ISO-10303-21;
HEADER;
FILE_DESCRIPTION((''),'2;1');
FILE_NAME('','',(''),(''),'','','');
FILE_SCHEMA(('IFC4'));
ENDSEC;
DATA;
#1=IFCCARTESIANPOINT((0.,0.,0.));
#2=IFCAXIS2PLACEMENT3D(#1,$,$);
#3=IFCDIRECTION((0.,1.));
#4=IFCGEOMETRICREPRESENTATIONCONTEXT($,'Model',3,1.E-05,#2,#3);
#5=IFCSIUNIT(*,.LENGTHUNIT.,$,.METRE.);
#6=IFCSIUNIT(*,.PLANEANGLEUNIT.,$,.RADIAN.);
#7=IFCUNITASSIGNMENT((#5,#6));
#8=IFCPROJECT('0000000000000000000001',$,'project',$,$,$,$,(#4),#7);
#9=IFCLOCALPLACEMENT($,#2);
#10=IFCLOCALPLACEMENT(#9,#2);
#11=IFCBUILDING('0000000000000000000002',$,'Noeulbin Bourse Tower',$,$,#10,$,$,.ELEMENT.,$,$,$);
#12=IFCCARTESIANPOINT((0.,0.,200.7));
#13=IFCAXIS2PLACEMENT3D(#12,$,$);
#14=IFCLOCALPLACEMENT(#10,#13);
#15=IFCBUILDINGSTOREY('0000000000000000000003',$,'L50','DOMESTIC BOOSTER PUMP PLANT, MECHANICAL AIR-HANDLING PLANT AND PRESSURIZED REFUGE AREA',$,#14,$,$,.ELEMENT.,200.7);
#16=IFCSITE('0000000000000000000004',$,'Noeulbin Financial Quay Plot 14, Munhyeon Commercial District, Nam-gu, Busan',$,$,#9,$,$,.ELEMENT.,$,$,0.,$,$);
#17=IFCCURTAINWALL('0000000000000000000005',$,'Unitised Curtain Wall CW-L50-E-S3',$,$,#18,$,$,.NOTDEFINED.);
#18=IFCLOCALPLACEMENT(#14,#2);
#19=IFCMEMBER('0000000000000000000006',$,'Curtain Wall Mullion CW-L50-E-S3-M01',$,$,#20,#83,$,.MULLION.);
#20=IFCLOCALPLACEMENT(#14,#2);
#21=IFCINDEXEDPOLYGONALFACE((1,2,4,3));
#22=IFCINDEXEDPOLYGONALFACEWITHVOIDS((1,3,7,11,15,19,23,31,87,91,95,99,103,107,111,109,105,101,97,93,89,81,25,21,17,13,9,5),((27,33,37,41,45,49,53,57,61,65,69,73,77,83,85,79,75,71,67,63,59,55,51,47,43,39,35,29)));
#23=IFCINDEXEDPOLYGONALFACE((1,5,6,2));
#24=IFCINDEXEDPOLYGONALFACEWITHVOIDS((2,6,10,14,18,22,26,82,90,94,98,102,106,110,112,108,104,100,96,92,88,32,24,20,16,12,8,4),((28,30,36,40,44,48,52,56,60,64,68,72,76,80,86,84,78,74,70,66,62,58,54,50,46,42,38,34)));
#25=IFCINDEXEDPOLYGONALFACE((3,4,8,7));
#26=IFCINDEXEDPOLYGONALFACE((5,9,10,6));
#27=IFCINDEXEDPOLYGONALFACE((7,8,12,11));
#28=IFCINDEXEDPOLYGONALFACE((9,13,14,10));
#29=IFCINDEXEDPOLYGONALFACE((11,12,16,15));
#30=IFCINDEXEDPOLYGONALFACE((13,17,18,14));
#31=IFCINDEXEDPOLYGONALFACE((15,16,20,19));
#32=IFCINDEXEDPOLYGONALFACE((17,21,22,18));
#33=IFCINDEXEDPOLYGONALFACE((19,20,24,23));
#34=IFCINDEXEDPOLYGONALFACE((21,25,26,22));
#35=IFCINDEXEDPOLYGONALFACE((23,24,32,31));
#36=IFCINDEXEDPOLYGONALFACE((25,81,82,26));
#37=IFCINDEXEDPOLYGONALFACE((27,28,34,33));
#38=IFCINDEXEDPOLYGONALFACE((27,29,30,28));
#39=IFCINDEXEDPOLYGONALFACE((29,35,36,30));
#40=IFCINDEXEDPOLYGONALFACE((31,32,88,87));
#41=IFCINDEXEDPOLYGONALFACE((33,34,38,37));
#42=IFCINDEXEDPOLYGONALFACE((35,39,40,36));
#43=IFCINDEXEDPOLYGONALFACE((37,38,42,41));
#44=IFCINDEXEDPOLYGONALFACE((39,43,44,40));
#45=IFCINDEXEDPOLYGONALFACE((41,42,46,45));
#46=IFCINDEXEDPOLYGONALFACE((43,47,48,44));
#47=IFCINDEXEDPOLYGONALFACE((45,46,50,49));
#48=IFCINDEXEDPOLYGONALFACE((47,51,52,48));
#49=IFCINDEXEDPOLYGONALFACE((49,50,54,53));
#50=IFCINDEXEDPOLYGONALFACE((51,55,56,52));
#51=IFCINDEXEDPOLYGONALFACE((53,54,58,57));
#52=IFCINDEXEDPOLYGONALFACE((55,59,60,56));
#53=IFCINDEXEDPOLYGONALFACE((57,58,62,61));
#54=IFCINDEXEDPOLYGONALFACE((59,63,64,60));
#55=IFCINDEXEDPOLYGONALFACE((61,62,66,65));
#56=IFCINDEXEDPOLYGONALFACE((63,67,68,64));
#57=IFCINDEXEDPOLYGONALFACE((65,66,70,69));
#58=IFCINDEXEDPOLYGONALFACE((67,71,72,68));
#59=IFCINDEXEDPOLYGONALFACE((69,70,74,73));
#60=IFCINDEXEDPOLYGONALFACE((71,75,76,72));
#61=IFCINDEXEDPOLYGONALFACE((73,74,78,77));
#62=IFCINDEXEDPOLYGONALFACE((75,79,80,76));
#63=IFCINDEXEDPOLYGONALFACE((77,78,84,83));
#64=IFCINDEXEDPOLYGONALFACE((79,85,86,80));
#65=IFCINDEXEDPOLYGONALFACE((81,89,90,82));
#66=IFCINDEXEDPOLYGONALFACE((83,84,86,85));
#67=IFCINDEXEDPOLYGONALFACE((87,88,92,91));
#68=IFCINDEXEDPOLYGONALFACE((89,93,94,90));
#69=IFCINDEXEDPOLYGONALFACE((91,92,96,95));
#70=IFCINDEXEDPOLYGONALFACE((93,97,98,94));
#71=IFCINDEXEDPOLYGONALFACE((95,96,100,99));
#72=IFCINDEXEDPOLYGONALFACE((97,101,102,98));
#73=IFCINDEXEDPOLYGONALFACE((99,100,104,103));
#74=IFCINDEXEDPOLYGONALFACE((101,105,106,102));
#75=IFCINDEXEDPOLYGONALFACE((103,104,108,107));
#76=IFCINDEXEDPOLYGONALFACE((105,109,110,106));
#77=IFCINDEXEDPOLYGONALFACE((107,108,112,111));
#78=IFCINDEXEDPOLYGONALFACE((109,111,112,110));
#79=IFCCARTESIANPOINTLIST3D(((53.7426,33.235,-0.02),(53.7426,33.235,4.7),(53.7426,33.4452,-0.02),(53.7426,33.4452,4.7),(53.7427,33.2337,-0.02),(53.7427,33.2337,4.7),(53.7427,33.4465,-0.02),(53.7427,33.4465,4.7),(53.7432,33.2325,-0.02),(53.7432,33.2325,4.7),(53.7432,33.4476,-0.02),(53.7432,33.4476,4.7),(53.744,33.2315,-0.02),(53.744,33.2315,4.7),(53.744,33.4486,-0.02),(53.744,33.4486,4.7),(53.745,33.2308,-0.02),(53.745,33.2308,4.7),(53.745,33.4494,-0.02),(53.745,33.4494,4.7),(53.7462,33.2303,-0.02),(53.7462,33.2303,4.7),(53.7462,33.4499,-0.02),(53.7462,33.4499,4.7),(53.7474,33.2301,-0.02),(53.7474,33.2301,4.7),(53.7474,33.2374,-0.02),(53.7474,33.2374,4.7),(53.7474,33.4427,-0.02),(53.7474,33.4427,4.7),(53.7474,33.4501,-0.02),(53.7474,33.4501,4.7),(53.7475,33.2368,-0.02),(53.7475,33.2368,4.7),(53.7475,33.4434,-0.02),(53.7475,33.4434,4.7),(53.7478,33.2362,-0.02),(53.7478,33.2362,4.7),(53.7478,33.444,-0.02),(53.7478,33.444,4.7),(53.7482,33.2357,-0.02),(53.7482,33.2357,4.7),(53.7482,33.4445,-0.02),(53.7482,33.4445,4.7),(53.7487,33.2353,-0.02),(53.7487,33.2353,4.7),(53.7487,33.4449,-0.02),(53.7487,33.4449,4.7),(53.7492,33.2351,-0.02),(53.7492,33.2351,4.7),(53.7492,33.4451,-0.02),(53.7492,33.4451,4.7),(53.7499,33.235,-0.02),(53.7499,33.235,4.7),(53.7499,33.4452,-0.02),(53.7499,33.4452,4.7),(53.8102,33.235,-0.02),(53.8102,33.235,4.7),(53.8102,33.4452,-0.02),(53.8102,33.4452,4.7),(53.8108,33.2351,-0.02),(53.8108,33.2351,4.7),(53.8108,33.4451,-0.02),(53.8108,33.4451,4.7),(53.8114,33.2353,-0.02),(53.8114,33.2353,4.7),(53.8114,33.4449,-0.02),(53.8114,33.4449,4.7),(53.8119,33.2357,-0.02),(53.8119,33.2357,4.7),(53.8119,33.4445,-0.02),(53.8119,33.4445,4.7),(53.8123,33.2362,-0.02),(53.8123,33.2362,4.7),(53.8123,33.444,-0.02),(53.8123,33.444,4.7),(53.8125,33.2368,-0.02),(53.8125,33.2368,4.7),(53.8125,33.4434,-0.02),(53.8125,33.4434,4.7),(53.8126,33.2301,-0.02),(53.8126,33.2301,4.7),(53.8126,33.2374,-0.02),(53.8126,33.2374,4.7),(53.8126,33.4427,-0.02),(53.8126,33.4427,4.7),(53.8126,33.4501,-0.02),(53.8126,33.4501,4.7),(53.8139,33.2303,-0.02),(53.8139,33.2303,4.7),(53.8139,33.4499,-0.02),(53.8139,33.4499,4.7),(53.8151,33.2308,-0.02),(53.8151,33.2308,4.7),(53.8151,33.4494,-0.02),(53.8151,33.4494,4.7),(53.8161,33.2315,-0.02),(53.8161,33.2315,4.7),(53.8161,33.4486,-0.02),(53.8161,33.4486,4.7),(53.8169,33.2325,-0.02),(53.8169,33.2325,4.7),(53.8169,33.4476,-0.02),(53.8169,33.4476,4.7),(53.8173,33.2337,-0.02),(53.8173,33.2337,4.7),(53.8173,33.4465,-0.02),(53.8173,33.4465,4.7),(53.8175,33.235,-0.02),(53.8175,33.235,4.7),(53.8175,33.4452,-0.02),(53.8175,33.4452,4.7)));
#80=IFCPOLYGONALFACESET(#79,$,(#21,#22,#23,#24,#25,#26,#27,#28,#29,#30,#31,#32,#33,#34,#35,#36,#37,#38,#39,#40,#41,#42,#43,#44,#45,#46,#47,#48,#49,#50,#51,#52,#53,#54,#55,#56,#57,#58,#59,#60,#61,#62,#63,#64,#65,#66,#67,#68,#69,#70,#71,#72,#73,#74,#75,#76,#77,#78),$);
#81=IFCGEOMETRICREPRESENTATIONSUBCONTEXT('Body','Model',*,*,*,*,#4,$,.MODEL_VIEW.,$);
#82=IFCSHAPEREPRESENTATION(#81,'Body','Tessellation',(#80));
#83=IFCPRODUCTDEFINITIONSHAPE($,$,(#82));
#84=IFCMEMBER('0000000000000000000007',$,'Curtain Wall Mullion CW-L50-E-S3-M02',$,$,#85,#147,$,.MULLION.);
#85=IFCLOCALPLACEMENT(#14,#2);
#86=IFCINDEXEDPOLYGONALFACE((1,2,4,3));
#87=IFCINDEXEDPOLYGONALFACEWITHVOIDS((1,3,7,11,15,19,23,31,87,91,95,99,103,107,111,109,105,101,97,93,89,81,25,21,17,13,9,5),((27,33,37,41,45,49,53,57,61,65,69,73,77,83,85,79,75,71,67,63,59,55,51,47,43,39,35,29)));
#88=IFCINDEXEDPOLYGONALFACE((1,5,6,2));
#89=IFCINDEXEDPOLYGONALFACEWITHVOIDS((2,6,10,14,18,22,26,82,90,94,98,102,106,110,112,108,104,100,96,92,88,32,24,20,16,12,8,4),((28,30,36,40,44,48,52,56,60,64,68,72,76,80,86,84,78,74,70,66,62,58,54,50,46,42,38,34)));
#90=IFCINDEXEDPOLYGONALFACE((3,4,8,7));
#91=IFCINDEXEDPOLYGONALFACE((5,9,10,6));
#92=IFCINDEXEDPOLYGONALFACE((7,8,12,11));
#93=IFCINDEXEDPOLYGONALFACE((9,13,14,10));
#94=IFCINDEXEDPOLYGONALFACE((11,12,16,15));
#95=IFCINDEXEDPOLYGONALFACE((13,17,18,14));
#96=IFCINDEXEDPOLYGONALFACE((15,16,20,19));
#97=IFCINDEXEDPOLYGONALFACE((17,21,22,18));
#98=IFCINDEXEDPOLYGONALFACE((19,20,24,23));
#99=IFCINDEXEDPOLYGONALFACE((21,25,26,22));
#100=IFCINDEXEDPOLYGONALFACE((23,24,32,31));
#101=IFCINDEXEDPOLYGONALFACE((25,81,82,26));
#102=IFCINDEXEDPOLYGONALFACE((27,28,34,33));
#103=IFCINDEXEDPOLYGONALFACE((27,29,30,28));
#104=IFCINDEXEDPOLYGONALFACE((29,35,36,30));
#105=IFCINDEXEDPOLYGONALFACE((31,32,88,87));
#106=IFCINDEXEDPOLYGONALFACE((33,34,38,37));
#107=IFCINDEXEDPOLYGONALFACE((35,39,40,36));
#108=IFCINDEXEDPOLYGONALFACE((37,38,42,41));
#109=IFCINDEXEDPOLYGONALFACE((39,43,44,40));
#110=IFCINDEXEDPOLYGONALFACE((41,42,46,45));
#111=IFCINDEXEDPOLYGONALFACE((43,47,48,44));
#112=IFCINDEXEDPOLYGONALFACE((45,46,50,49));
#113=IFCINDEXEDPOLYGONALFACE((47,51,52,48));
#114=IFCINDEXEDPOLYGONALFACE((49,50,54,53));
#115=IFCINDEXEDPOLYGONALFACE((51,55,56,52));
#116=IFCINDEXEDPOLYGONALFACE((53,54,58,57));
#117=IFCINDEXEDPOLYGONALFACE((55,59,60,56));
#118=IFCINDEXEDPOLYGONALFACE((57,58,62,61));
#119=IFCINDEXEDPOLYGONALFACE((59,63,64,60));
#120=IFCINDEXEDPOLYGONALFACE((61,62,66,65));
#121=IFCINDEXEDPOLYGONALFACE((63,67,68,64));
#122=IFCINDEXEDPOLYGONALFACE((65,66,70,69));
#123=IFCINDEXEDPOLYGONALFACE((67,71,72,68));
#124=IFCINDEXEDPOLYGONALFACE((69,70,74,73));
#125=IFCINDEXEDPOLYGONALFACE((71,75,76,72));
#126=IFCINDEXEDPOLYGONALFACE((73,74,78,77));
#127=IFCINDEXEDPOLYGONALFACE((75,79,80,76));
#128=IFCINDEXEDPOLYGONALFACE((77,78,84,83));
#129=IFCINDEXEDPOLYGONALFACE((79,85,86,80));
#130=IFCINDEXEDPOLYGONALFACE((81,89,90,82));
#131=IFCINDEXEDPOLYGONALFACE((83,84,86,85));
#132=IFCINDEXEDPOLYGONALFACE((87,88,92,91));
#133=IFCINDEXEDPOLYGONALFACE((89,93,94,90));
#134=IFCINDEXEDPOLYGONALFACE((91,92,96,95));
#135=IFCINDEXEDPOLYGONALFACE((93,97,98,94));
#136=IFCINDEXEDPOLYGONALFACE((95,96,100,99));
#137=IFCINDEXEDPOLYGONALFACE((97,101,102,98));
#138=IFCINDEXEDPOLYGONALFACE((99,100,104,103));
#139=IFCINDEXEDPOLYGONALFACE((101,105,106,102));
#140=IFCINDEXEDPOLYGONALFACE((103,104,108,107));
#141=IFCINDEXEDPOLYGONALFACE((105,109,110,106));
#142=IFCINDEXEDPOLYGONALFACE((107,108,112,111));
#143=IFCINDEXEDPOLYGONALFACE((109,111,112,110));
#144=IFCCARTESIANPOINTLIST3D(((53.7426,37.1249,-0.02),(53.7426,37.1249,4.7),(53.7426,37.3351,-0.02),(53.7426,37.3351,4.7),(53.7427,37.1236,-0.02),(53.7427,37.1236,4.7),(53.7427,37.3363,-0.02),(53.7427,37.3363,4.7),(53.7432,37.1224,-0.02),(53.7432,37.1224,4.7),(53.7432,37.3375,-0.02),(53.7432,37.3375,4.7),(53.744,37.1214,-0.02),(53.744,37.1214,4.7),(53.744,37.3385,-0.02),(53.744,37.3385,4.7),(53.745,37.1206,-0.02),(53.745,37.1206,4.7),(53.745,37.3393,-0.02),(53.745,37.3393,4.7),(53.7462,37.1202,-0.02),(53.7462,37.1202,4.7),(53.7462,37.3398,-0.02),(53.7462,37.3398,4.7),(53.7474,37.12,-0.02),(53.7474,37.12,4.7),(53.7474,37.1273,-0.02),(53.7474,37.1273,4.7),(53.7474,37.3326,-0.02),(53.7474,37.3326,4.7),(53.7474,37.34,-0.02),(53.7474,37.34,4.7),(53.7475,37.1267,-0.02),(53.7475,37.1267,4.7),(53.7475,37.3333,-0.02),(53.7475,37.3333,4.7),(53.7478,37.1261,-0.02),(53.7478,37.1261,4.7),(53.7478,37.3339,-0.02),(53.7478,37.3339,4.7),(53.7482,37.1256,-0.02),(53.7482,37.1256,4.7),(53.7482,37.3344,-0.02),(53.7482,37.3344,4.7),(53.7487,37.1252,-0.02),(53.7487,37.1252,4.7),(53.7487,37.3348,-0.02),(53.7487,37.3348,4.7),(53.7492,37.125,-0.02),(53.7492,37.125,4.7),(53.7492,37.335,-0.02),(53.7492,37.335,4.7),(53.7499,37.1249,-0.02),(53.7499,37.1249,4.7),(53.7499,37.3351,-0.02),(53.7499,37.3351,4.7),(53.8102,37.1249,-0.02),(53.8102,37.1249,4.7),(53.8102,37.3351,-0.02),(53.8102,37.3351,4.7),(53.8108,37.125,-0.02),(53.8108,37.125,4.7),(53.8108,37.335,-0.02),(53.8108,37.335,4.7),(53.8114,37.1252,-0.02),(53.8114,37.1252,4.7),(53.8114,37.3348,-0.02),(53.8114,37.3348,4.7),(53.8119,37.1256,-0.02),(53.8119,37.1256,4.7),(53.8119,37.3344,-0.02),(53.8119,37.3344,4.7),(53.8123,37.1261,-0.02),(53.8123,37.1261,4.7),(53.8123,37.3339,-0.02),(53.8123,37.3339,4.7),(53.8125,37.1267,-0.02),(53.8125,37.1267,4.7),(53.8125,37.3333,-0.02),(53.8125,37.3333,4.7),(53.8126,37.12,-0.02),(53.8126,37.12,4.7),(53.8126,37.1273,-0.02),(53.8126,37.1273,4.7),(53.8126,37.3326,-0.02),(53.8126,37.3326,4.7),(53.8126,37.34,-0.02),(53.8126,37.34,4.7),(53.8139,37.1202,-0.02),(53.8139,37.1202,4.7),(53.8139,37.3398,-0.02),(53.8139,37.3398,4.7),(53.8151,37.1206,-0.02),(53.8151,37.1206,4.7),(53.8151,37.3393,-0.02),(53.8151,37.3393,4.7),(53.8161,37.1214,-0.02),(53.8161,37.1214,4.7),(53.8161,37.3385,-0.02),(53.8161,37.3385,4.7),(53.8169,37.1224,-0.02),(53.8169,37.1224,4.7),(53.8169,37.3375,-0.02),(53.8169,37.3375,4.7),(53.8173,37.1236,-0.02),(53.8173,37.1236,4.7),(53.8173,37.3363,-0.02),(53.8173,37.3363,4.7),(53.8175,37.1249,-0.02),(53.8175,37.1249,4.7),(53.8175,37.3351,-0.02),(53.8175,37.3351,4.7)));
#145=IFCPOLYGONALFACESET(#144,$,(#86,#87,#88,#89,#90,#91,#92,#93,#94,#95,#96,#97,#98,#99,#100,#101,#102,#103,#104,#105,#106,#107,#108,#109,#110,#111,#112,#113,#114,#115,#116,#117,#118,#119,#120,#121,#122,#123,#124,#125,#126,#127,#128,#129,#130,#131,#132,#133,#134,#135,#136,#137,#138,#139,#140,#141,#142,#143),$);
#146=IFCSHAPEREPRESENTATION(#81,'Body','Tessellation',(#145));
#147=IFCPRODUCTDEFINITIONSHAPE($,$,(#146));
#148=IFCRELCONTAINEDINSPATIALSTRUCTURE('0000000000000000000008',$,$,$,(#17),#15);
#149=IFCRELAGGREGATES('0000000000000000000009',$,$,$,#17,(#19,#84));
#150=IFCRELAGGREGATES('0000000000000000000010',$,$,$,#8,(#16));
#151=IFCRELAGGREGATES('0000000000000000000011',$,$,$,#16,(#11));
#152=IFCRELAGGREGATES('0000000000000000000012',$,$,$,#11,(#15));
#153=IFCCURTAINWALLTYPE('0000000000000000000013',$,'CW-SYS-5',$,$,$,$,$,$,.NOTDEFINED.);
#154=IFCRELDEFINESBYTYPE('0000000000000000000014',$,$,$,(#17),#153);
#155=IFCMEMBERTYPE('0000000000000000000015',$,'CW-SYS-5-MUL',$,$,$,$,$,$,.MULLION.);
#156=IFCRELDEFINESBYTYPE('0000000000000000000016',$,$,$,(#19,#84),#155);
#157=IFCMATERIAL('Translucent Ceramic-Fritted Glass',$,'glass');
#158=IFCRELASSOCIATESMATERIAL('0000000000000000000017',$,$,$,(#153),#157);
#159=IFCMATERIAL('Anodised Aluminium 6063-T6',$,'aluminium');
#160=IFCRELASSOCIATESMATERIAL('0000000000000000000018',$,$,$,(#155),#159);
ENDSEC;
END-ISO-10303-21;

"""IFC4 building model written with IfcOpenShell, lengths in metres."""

from ifc_helpers import new_model, si_unit, direction, frame, origin, origin_2d, place, context, subcontext, project, spatial, hollow_rectangle, extrude, material, material_profile, profile_set, type_object, element, aggregate, save


model = new_model("IFC4")

# Units and contexts
model_context = context("Model", 3, precision=1e-05, world=origin(), true_north=direction((0.0, 1.0)))
body_context = subcontext(model_context, "Body", "Model", "MODEL_VIEW")
ifc_project = project(units=[si_unit("LENGTHUNIT", "METRE"), si_unit("PLANEANGLEUNIT", "RADIAN")], contexts=[model_context])

# Site, building, storey
site_placement = place(None, origin())
site = spatial("IfcSite", under=ifc_project, at=site_placement, Name="Noeulbin Financial Quay Plot 14, Munhyeon Commercial District, Nam-gu, Busan", CompositionType="ELEMENT", RefElevation=0.0)
building_placement = place(site_placement, origin())
building = spatial("IfcBuilding", under=site, at=building_placement, Name="Noeulbin Bourse Tower", CompositionType="ELEMENT")
storey_placement = place(building_placement, frame((0.0, 0.0, 200.7)))
storey = spatial("IfcBuildingStorey", under=building, at=storey_placement, Name="L50", Description="DOMESTIC BOOSTER PUMP PLANT, MECHANICAL AIR-HANDLING PLANT AND PRESSURIZED REFUGE AREA", CompositionType="ELEMENT", Elevation=200.7)

# Curtain wall, members
ifc_material_1 = material(Name="Translucent Ceramic-Fritted Glass", Category="glass")
curtain_wall_type = type_object("IfcCurtainWallType", Name="CW-SYS-5", PredefinedType="NOTDEFINED", material=ifc_material_1)
ifc_material_2 = material(Name="Anodised Aluminium 6063-T6", Category="aluminium")
ifc_material_profile_1 = material_profile(ifc_material_2, hollow_rectangle(XDim=0.075, YDim=0.22, WallThickness=0.0049, InnerFilletRadius=0.0024, OuterFilletRadius=0.0049, at=origin_2d()), Name="ALU-MULL-75x220x5", Category="LoadBearing")
ifc_profile_set_1 = profile_set([ifc_material_profile_1], Name="Anodised Aluminium 6063-T6")
member_type_1 = type_object("IfcMemberType", Name="CW-SYS-5-MUL", PredefinedType="MULLION", material=ifc_profile_set_1)
curtain_wall_1_placement = place(storey_placement, origin())
curtain_wall_1 = element("IfcCurtainWall", 1, at=curtain_wall_1_placement, inside=storey, type_object=curtain_wall_type, Name="Unitised Curtain Wall CW-L50-E-S3", PredefinedType="NOTDEFINED")
member_1_placement = place(storey_placement, frame((53.78, 33.3401, -0.02), z_axis=(0.0, 0.0, 1.0), x_axis=(1.0, 0.0, 0.0)))
member_1 = element("IfcMember", 2, at=member_1_placement, type_object=member_type_1, Name="Curtain Wall Mullion CW-L50-E-S3-M01", PredefinedType="MULLION", context=body_context, shape_type="SweptSolid", body=[
    extrude(hollow_rectangle(XDim=0.075, YDim=0.22, WallThickness=0.0049, InnerFilletRadius=0.0024, OuterFilletRadius=0.0049, at=origin_2d()), origin(), (0.0, 0.0, 1.0), 4.72),
])
member_2_placement = place(storey_placement, frame((53.78, 37.23, -0.02), z_axis=(0.0, 0.0, 1.0), x_axis=(1.0, 0.0, 0.0)))
member_2 = element("IfcMember", 3, at=member_2_placement, type_object=member_type_1, Name="Curtain Wall Mullion CW-L50-E-S3-M02", PredefinedType="MULLION", context=body_context, shape_type="SweptSolid", body=[
    extrude(hollow_rectangle(XDim=0.075, YDim=0.22, WallThickness=0.0049, InnerFilletRadius=0.0024, OuterFilletRadius=0.0049, at=origin_2d()), origin(), (0.0, 0.0, 1.0), 4.72),
])

aggregate(curtain_wall_1, [member_1, member_2])

save(model, "model.ifc")
